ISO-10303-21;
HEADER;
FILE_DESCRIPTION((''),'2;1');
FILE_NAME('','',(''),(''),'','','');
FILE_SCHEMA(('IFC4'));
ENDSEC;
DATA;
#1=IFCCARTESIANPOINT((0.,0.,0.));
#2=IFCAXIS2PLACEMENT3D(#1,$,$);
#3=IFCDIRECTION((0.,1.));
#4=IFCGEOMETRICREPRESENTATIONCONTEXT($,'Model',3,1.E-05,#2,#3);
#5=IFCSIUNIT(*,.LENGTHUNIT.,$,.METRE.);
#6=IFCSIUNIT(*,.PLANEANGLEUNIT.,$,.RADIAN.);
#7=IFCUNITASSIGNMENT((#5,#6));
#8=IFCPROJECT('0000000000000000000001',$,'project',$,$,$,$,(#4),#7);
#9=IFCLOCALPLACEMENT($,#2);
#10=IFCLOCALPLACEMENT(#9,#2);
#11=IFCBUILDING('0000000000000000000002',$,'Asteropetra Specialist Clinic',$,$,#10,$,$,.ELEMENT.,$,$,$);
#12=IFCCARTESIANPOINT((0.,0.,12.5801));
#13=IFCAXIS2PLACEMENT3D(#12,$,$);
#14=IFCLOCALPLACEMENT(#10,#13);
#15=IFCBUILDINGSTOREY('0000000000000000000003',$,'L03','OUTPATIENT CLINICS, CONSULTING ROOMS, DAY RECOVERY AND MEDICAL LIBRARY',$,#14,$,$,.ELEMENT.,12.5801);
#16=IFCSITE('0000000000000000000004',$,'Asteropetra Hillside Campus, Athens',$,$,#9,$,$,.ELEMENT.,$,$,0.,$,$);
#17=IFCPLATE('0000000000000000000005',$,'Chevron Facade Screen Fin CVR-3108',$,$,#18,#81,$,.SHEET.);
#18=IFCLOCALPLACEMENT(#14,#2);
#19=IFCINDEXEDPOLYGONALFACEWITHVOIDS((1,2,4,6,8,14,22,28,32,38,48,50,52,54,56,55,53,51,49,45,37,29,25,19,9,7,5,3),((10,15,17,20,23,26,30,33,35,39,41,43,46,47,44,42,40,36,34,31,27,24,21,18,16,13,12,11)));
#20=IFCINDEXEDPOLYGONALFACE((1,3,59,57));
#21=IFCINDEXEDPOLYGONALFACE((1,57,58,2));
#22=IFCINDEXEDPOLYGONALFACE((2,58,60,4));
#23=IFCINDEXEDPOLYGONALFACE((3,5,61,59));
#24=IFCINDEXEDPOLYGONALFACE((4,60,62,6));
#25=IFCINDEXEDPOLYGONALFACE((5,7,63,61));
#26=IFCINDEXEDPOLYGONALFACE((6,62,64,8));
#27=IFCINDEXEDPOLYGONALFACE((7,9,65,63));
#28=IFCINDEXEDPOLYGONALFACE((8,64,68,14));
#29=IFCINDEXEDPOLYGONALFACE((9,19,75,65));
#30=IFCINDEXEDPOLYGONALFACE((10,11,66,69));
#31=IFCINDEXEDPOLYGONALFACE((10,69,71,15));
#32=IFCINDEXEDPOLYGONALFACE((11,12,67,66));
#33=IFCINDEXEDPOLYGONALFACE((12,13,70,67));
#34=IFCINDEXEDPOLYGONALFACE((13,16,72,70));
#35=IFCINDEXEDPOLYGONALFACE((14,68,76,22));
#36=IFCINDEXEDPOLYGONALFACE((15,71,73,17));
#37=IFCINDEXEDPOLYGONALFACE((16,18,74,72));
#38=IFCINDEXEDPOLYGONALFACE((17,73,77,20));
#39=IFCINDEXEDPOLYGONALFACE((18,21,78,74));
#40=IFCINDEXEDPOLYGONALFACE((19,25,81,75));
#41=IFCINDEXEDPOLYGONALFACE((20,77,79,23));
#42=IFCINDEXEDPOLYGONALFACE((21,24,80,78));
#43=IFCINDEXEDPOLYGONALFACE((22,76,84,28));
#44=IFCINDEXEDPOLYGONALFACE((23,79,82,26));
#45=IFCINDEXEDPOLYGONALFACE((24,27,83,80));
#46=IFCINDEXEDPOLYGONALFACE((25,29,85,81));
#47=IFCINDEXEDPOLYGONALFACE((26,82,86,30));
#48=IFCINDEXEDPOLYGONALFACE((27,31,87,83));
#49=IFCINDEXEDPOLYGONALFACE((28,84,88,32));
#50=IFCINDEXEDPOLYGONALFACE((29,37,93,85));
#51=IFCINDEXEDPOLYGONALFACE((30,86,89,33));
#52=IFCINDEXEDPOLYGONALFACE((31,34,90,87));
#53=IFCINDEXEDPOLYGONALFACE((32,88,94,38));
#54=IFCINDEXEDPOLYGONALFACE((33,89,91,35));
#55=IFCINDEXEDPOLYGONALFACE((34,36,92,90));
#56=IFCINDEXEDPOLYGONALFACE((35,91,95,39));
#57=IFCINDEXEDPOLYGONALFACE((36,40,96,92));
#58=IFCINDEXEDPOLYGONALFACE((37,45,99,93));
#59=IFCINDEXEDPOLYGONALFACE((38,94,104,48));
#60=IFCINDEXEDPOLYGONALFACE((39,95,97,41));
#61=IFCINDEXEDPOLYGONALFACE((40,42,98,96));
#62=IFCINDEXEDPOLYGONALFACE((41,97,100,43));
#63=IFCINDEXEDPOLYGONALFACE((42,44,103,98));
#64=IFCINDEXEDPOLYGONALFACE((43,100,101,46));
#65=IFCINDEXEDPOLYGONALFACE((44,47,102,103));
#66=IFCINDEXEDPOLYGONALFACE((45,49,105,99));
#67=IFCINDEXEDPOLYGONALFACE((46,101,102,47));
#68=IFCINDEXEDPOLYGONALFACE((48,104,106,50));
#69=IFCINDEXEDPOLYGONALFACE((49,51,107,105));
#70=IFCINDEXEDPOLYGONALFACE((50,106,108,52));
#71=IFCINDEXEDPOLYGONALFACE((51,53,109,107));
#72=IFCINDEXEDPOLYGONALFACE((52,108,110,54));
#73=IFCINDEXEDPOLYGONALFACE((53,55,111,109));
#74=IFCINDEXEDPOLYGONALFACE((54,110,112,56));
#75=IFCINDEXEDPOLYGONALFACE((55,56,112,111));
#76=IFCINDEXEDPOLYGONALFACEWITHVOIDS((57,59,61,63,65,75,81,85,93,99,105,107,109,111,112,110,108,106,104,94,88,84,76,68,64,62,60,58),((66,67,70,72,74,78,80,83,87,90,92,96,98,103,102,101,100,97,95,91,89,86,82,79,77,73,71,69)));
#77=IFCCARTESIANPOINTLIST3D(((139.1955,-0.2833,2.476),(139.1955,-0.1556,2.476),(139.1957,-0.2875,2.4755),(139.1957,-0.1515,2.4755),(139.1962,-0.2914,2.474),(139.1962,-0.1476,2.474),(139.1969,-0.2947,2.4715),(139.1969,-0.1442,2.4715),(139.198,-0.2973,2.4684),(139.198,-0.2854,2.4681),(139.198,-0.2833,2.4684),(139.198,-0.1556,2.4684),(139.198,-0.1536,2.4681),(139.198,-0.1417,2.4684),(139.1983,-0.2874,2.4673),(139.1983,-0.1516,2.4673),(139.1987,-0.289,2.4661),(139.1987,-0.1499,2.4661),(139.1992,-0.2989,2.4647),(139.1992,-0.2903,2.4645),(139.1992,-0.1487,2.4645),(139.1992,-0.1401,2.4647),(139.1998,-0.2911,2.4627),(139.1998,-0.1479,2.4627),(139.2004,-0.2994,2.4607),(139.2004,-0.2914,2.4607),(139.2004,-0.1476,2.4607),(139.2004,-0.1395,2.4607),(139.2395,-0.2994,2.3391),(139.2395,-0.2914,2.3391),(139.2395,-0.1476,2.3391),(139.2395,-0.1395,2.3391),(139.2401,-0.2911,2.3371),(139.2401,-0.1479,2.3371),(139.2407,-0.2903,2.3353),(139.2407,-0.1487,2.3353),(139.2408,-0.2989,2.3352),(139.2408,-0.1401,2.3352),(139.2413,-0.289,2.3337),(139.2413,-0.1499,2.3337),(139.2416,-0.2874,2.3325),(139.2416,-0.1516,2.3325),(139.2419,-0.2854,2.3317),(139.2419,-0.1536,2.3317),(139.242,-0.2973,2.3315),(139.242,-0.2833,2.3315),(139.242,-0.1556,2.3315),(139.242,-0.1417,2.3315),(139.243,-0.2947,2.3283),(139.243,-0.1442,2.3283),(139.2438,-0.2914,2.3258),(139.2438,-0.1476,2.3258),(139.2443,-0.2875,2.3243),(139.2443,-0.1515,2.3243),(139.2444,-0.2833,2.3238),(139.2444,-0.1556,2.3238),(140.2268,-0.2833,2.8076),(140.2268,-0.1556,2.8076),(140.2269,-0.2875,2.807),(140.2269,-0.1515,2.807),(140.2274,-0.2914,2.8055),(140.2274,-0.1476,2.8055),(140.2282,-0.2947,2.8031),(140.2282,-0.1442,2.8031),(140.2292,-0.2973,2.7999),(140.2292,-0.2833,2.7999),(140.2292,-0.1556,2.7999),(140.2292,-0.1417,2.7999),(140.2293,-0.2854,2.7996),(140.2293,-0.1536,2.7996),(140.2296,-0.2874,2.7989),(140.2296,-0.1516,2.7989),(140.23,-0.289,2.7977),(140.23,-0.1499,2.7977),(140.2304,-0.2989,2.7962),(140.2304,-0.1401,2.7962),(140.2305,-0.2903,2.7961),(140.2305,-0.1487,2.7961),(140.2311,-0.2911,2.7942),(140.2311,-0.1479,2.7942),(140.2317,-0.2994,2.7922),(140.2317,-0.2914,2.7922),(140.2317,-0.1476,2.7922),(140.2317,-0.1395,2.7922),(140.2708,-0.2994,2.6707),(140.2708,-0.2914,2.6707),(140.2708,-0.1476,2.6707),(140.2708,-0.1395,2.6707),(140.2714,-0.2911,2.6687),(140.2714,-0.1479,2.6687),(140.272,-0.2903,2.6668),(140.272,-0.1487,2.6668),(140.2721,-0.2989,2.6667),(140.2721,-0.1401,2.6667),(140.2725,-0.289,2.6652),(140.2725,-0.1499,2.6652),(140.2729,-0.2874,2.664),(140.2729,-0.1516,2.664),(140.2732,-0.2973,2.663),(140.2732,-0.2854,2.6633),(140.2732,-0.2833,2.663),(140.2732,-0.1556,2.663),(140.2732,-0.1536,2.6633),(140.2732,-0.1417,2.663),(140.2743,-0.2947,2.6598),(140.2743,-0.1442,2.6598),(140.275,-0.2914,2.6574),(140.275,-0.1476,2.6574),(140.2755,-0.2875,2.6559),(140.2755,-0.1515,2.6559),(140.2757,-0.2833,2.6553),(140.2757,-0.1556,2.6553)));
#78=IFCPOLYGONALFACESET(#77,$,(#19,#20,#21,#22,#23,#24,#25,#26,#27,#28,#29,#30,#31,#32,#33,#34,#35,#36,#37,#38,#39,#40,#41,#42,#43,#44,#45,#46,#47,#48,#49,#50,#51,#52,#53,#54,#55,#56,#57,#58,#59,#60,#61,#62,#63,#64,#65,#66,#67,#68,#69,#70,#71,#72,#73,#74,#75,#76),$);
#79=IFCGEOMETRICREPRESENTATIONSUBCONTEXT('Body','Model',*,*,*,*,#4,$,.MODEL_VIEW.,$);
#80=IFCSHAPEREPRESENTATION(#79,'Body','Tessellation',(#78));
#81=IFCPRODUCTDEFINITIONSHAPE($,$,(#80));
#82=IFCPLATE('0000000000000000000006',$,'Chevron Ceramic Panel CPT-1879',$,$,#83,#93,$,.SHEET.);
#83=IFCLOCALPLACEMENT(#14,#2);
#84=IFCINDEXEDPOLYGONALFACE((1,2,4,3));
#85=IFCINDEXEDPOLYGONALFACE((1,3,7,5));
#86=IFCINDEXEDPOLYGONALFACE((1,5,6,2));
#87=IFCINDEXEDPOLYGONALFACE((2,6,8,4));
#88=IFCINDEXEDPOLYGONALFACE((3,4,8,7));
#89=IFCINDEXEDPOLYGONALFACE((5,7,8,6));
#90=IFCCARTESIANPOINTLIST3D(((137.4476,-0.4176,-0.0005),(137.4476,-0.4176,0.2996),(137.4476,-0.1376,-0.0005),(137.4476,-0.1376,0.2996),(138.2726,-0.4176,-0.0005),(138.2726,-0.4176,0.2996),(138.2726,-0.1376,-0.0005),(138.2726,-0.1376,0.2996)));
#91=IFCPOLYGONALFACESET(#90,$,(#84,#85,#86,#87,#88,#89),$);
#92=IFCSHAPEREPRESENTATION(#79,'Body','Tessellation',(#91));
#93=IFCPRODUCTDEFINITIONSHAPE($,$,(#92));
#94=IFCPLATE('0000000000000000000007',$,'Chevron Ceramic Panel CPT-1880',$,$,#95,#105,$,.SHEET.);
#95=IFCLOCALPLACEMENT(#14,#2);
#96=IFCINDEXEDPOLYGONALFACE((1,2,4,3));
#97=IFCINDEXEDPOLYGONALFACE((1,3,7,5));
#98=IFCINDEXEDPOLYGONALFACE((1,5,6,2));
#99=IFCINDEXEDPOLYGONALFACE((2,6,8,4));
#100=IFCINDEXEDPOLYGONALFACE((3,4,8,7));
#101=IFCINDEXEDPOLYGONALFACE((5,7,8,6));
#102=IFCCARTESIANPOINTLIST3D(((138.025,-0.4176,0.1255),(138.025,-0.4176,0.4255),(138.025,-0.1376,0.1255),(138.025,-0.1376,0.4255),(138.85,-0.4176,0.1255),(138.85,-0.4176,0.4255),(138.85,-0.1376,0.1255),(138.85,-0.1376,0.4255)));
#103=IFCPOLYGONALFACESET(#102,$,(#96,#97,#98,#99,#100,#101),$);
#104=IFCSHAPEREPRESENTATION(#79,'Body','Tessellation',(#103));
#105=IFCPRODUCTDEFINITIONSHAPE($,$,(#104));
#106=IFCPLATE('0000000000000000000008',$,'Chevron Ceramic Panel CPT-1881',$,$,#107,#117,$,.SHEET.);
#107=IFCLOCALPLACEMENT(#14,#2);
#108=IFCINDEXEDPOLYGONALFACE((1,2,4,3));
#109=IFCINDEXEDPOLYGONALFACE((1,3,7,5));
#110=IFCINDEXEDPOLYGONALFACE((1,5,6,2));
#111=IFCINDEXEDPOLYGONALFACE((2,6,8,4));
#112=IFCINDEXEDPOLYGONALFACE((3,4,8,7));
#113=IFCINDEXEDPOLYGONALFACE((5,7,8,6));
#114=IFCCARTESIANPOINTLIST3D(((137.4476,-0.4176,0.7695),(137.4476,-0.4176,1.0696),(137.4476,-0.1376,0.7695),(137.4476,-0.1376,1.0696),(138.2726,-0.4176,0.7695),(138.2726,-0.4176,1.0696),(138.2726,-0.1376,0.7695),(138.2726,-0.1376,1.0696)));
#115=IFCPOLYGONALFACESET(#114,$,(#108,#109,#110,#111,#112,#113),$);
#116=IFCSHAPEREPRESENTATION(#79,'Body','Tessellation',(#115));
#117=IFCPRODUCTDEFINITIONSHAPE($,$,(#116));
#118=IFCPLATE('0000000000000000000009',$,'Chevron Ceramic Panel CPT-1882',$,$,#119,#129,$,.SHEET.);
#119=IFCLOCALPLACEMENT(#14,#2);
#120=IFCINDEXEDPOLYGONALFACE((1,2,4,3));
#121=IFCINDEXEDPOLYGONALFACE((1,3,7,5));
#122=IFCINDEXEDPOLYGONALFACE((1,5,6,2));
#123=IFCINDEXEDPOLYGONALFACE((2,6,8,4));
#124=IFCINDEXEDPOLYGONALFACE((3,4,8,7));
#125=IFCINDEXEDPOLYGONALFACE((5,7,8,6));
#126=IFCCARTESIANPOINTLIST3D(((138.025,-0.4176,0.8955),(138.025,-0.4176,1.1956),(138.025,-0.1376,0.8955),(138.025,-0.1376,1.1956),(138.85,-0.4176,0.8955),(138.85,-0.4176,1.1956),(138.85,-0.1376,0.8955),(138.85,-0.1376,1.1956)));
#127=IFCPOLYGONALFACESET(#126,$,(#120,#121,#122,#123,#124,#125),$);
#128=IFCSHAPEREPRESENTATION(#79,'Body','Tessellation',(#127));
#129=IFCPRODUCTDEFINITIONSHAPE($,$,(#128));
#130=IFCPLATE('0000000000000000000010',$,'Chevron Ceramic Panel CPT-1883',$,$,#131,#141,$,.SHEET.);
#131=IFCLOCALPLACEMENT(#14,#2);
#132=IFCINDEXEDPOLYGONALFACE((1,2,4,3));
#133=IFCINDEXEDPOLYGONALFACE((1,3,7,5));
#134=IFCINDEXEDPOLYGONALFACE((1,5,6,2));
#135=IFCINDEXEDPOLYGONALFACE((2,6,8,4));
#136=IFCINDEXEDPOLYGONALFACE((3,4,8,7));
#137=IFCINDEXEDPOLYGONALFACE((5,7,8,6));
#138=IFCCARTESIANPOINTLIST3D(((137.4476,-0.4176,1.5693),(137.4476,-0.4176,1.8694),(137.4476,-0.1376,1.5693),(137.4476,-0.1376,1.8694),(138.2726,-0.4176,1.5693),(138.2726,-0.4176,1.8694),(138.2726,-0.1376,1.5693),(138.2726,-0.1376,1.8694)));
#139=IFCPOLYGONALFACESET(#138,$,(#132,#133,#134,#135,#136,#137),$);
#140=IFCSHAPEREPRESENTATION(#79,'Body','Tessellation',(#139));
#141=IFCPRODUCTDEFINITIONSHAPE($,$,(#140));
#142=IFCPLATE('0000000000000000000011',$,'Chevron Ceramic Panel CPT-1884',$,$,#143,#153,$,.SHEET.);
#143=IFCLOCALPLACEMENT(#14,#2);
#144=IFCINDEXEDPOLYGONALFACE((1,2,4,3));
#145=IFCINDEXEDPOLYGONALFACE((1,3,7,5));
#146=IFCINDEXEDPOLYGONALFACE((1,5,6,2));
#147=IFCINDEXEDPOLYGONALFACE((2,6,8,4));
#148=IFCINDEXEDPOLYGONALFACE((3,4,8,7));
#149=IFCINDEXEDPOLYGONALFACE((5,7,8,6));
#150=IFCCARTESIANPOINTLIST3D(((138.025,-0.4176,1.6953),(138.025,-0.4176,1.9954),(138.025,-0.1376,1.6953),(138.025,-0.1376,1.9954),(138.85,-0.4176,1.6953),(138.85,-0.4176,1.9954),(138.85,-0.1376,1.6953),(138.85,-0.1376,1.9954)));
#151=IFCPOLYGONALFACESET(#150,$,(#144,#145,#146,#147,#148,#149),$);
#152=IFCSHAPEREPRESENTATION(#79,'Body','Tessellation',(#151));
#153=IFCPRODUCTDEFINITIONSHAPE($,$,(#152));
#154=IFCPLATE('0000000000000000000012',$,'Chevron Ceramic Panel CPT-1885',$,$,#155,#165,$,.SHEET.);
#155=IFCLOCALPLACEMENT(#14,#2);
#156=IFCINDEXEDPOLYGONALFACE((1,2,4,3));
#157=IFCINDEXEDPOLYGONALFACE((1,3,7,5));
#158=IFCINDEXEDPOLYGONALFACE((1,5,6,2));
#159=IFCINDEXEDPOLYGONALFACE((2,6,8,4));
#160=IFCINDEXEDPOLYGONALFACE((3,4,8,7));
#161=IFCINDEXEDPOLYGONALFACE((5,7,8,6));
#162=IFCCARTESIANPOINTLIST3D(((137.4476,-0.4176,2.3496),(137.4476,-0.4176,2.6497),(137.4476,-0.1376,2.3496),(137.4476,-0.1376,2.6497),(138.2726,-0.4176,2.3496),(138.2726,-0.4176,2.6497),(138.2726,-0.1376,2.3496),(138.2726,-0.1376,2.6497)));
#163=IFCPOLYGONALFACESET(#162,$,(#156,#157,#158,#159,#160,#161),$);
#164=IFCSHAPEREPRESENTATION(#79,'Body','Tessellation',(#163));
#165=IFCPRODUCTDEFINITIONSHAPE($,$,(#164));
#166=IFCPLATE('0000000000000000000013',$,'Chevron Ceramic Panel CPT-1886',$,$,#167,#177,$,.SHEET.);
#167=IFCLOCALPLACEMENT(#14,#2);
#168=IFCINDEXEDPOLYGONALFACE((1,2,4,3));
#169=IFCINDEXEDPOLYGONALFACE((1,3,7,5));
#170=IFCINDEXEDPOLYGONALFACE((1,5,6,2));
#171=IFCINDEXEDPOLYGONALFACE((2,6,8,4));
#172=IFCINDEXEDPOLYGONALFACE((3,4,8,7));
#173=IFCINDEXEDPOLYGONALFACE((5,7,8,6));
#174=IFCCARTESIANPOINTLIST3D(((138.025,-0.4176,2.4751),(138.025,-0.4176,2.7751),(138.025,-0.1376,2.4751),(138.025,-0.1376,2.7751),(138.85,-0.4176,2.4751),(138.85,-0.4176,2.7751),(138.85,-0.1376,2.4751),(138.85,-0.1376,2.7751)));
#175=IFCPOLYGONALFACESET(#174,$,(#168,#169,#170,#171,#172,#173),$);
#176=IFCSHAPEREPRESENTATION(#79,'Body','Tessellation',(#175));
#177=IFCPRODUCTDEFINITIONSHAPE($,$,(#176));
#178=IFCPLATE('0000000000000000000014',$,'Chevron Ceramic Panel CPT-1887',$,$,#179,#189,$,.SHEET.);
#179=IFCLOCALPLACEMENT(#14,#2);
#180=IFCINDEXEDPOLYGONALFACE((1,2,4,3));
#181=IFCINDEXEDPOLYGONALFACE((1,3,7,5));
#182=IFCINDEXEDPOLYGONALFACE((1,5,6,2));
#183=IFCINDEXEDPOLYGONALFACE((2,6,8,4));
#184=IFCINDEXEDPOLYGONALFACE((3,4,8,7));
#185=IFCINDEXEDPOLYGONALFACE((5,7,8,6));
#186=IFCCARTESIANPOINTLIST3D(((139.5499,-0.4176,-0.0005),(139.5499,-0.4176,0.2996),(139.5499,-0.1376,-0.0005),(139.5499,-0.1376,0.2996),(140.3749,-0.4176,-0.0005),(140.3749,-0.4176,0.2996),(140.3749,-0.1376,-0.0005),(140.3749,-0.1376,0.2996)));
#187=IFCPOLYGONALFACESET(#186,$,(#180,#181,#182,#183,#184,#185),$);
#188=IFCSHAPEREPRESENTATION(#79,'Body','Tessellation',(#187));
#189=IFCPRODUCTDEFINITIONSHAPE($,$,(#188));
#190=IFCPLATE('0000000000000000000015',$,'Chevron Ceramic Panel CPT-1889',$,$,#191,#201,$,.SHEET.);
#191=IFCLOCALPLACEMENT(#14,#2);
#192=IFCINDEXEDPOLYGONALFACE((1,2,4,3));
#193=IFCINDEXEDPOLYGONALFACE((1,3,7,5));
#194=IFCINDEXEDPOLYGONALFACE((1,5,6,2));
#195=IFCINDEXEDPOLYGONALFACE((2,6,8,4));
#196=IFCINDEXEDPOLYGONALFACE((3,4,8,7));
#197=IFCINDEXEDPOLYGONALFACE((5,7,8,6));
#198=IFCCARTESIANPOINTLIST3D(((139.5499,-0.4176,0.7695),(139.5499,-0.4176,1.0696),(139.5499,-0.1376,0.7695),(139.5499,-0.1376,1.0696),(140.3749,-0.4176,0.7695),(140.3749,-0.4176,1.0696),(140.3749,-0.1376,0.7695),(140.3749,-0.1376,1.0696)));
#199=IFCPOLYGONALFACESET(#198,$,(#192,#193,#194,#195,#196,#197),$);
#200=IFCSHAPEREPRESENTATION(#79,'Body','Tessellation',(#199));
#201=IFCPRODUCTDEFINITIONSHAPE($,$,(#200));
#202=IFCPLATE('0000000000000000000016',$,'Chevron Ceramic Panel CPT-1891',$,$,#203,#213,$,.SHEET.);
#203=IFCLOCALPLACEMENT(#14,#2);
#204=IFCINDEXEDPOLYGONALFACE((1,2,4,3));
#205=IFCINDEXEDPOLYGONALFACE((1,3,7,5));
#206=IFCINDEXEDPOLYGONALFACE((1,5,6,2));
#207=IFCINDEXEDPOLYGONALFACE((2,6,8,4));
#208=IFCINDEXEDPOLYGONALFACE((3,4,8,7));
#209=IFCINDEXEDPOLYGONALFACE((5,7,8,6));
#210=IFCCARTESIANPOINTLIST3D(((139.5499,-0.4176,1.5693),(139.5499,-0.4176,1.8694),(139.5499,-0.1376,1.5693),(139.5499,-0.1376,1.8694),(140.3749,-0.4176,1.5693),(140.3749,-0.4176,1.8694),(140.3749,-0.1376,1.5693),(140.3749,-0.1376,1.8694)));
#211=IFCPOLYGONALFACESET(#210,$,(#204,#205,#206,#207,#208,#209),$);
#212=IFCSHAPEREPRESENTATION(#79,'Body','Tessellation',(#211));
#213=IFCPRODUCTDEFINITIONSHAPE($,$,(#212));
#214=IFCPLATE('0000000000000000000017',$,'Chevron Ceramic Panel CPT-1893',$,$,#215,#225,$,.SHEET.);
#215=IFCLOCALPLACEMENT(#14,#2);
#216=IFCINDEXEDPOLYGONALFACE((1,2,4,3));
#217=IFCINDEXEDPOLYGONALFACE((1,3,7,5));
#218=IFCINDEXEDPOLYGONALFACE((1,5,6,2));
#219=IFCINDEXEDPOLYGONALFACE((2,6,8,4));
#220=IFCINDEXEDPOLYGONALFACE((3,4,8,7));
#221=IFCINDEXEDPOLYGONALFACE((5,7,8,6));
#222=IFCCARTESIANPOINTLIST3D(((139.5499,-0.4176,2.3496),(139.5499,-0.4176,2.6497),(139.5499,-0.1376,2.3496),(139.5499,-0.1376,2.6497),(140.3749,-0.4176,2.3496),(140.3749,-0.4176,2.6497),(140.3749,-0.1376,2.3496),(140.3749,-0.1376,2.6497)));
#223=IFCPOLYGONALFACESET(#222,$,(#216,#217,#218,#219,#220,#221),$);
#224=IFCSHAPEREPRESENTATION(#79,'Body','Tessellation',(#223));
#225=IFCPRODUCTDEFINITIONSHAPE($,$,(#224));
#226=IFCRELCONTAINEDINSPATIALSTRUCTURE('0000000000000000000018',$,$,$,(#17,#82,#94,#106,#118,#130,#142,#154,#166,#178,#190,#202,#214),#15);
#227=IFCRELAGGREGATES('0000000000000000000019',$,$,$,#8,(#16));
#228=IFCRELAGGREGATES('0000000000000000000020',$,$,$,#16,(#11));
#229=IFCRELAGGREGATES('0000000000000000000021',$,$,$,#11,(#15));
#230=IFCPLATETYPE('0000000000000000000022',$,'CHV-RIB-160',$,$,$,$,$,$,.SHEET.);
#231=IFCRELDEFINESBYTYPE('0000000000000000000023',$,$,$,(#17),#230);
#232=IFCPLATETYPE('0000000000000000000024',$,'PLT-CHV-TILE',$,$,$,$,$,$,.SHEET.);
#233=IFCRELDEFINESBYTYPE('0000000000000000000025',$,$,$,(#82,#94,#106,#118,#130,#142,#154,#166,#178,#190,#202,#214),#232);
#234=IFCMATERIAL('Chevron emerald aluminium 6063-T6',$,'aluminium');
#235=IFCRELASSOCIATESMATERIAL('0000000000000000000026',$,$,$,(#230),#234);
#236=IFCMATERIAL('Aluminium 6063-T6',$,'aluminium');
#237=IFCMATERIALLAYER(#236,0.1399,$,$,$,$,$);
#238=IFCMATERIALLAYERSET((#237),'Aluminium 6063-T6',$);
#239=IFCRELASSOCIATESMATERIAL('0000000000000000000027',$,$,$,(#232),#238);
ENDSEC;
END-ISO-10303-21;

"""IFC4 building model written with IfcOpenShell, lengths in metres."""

from ifc_helpers import new_model, si_unit, direction, frame, origin, origin_2d, place, context, subcontext, project, spatial, rectangle, hollow_rectangle, extrude, material, layer, layer_set, material_profile, profile_set, type_object, element, save


model = new_model("IFC4")

# Units and contexts
model_context = context("Model", 3, precision=1e-05, world=origin(), true_north=direction((0.0, 1.0)))
body_context = subcontext(model_context, "Body", "Model", "MODEL_VIEW")
ifc_project = project(units=[si_unit("LENGTHUNIT", "METRE"), si_unit("PLANEANGLEUNIT", "RADIAN")], contexts=[model_context])

# Site, building, storey
site_placement = place(None, origin())
site = spatial("IfcSite", under=ifc_project, at=site_placement, Name="Asteropetra Hillside Campus, Athens", CompositionType="ELEMENT", RefElevation=0.0)
building_placement = place(site_placement, origin())
building = spatial("IfcBuilding", under=site, at=building_placement, Name="Asteropetra Specialist Clinic", CompositionType="ELEMENT")
storey_placement = place(building_placement, frame((0.0, 0.0, 12.5801)))
storey = spatial("IfcBuildingStorey", under=building, at=storey_placement, Name="L03", Description="OUTPATIENT CLINICS, CONSULTING ROOMS, DAY RECOVERY AND MEDICAL LIBRARY", CompositionType="ELEMENT", Elevation=12.5801)

# Plates
ifc_material_1 = material(Name="Chevron emerald aluminium 6063-T6", Category="aluminium")
ifc_material_profile_1 = material_profile(ifc_material_1, hollow_rectangle(XDim=0.1599, YDim=0.1599, WallThickness=0.0081, InnerFilletRadius=0.0081, OuterFilletRadius=0.0161, at=origin_2d()), Name="SHS 160x160x8.0")
ifc_profile_set_1 = profile_set([ifc_material_profile_1], Name="Chevron emerald aluminium 6063-T6")
plate_type_1 = type_object("IfcPlateType", Name="CHV-RIB-160", PredefinedType="SHEET", material=ifc_profile_set_1)
for number, where, z_axis, x_axis, name in (
    (1, (139.22, -0.2195, 2.3999), (0.95201, 0.0, 0.306068), (0.0, 1.0, 0.0), "Chevron Facade Screen Fin CVR-3108"),
):
    element("IfcPlate", number, at=place(storey_placement, frame(where, z_axis=z_axis, x_axis=x_axis)), inside=storey, type_object=plate_type_1, Name=name, PredefinedType="SHEET", context=body_context, shape_type="SweptSolid", body=[
        extrude(hollow_rectangle(XDim=0.1599, YDim=0.1599, WallThickness=0.0081, InnerFilletRadius=0.0081, OuterFilletRadius=0.0161, at=origin_2d()), origin(), (0.0, 0.0, 1.0), 1.0833),
    ])
ifc_material_2 = material(Name="Aluminium 6063-T6", Category="aluminium")
ifc_layer_1 = layer(ifc_material_2, 0.1399)
ifc_layer_set_1 = layer_set([ifc_layer_1], Name="Aluminium 6063-T6")
plate_type_2 = type_object("IfcPlateType", Name="PLT-CHV-TILE", PredefinedType="SHEET", material=ifc_layer_set_1)
for number, where, z_axis, x_axis, name in (
    (2, (137.8601, -0.2776, -0.0005), (0.0, 0.0, 1.0), (1.0, 0.0, 0.0), "Chevron Ceramic Panel CPT-1879"),
    (3, (138.4375, -0.2776, 0.1255), (0.0, 0.0, 1.0), (1.0, 0.0, 0.0), "Chevron Ceramic Panel CPT-1880"),
    (4, (137.8601, -0.2776, 0.7695), (0.0, 0.0, 1.0), (1.0, 0.0, 0.0), "Chevron Ceramic Panel CPT-1881"),
    (5, (138.4375, -0.2776, 0.8955), (0.0, 0.0, 1.0), (1.0, 0.0, 0.0), "Chevron Ceramic Panel CPT-1882"),
    (6, (137.8601, -0.2776, 1.5693), (0.0, 0.0, 1.0), (1.0, 0.0, 0.0), "Chevron Ceramic Panel CPT-1883"),
    (7, (138.4375, -0.2776, 1.6953), (0.0, 0.0, 1.0), (1.0, 0.0, 0.0), "Chevron Ceramic Panel CPT-1884"),
    (8, (137.8601, -0.2776, 2.3496), (0.0, 0.0, 1.0), (1.0, 0.0, 0.0), "Chevron Ceramic Panel CPT-1885"),
    (9, (138.4375, -0.2776, 2.4751), (0.0, 0.0, 1.0), (1.0, 0.0, 0.0), "Chevron Ceramic Panel CPT-1886"),
    (10, (139.9624, -0.2776, -0.0005), (0.0, 0.0, 1.0), (1.0, 0.0, 0.0), "Chevron Ceramic Panel CPT-1887"),
    (11, (139.9624, -0.2776, 0.7695), (0.0, 0.0, 1.0), (1.0, 0.0, 0.0), "Chevron Ceramic Panel CPT-1889"),
    (12, (139.9624, -0.2776, 1.5693), (0.0, 0.0, 1.0), (1.0, 0.0, 0.0), "Chevron Ceramic Panel CPT-1891"),
    (13, (139.9624, -0.2776, 2.3496), (0.0, 0.0, 1.0), (1.0, 0.0, 0.0), "Chevron Ceramic Panel CPT-1893"),
):
    element("IfcPlate", number, at=place(storey_placement, frame(where, z_axis=z_axis, x_axis=x_axis)), inside=storey, type_object=plate_type_2, Name=name, PredefinedType="SHEET", context=body_context, shape_type="SweptSolid", body=[
        extrude(rectangle(XDim=0.825, YDim=0.28, at=origin_2d()), origin(), (0.0, 0.0, 1.0), 0.3),
    ])

save(model, "model.ifc")
